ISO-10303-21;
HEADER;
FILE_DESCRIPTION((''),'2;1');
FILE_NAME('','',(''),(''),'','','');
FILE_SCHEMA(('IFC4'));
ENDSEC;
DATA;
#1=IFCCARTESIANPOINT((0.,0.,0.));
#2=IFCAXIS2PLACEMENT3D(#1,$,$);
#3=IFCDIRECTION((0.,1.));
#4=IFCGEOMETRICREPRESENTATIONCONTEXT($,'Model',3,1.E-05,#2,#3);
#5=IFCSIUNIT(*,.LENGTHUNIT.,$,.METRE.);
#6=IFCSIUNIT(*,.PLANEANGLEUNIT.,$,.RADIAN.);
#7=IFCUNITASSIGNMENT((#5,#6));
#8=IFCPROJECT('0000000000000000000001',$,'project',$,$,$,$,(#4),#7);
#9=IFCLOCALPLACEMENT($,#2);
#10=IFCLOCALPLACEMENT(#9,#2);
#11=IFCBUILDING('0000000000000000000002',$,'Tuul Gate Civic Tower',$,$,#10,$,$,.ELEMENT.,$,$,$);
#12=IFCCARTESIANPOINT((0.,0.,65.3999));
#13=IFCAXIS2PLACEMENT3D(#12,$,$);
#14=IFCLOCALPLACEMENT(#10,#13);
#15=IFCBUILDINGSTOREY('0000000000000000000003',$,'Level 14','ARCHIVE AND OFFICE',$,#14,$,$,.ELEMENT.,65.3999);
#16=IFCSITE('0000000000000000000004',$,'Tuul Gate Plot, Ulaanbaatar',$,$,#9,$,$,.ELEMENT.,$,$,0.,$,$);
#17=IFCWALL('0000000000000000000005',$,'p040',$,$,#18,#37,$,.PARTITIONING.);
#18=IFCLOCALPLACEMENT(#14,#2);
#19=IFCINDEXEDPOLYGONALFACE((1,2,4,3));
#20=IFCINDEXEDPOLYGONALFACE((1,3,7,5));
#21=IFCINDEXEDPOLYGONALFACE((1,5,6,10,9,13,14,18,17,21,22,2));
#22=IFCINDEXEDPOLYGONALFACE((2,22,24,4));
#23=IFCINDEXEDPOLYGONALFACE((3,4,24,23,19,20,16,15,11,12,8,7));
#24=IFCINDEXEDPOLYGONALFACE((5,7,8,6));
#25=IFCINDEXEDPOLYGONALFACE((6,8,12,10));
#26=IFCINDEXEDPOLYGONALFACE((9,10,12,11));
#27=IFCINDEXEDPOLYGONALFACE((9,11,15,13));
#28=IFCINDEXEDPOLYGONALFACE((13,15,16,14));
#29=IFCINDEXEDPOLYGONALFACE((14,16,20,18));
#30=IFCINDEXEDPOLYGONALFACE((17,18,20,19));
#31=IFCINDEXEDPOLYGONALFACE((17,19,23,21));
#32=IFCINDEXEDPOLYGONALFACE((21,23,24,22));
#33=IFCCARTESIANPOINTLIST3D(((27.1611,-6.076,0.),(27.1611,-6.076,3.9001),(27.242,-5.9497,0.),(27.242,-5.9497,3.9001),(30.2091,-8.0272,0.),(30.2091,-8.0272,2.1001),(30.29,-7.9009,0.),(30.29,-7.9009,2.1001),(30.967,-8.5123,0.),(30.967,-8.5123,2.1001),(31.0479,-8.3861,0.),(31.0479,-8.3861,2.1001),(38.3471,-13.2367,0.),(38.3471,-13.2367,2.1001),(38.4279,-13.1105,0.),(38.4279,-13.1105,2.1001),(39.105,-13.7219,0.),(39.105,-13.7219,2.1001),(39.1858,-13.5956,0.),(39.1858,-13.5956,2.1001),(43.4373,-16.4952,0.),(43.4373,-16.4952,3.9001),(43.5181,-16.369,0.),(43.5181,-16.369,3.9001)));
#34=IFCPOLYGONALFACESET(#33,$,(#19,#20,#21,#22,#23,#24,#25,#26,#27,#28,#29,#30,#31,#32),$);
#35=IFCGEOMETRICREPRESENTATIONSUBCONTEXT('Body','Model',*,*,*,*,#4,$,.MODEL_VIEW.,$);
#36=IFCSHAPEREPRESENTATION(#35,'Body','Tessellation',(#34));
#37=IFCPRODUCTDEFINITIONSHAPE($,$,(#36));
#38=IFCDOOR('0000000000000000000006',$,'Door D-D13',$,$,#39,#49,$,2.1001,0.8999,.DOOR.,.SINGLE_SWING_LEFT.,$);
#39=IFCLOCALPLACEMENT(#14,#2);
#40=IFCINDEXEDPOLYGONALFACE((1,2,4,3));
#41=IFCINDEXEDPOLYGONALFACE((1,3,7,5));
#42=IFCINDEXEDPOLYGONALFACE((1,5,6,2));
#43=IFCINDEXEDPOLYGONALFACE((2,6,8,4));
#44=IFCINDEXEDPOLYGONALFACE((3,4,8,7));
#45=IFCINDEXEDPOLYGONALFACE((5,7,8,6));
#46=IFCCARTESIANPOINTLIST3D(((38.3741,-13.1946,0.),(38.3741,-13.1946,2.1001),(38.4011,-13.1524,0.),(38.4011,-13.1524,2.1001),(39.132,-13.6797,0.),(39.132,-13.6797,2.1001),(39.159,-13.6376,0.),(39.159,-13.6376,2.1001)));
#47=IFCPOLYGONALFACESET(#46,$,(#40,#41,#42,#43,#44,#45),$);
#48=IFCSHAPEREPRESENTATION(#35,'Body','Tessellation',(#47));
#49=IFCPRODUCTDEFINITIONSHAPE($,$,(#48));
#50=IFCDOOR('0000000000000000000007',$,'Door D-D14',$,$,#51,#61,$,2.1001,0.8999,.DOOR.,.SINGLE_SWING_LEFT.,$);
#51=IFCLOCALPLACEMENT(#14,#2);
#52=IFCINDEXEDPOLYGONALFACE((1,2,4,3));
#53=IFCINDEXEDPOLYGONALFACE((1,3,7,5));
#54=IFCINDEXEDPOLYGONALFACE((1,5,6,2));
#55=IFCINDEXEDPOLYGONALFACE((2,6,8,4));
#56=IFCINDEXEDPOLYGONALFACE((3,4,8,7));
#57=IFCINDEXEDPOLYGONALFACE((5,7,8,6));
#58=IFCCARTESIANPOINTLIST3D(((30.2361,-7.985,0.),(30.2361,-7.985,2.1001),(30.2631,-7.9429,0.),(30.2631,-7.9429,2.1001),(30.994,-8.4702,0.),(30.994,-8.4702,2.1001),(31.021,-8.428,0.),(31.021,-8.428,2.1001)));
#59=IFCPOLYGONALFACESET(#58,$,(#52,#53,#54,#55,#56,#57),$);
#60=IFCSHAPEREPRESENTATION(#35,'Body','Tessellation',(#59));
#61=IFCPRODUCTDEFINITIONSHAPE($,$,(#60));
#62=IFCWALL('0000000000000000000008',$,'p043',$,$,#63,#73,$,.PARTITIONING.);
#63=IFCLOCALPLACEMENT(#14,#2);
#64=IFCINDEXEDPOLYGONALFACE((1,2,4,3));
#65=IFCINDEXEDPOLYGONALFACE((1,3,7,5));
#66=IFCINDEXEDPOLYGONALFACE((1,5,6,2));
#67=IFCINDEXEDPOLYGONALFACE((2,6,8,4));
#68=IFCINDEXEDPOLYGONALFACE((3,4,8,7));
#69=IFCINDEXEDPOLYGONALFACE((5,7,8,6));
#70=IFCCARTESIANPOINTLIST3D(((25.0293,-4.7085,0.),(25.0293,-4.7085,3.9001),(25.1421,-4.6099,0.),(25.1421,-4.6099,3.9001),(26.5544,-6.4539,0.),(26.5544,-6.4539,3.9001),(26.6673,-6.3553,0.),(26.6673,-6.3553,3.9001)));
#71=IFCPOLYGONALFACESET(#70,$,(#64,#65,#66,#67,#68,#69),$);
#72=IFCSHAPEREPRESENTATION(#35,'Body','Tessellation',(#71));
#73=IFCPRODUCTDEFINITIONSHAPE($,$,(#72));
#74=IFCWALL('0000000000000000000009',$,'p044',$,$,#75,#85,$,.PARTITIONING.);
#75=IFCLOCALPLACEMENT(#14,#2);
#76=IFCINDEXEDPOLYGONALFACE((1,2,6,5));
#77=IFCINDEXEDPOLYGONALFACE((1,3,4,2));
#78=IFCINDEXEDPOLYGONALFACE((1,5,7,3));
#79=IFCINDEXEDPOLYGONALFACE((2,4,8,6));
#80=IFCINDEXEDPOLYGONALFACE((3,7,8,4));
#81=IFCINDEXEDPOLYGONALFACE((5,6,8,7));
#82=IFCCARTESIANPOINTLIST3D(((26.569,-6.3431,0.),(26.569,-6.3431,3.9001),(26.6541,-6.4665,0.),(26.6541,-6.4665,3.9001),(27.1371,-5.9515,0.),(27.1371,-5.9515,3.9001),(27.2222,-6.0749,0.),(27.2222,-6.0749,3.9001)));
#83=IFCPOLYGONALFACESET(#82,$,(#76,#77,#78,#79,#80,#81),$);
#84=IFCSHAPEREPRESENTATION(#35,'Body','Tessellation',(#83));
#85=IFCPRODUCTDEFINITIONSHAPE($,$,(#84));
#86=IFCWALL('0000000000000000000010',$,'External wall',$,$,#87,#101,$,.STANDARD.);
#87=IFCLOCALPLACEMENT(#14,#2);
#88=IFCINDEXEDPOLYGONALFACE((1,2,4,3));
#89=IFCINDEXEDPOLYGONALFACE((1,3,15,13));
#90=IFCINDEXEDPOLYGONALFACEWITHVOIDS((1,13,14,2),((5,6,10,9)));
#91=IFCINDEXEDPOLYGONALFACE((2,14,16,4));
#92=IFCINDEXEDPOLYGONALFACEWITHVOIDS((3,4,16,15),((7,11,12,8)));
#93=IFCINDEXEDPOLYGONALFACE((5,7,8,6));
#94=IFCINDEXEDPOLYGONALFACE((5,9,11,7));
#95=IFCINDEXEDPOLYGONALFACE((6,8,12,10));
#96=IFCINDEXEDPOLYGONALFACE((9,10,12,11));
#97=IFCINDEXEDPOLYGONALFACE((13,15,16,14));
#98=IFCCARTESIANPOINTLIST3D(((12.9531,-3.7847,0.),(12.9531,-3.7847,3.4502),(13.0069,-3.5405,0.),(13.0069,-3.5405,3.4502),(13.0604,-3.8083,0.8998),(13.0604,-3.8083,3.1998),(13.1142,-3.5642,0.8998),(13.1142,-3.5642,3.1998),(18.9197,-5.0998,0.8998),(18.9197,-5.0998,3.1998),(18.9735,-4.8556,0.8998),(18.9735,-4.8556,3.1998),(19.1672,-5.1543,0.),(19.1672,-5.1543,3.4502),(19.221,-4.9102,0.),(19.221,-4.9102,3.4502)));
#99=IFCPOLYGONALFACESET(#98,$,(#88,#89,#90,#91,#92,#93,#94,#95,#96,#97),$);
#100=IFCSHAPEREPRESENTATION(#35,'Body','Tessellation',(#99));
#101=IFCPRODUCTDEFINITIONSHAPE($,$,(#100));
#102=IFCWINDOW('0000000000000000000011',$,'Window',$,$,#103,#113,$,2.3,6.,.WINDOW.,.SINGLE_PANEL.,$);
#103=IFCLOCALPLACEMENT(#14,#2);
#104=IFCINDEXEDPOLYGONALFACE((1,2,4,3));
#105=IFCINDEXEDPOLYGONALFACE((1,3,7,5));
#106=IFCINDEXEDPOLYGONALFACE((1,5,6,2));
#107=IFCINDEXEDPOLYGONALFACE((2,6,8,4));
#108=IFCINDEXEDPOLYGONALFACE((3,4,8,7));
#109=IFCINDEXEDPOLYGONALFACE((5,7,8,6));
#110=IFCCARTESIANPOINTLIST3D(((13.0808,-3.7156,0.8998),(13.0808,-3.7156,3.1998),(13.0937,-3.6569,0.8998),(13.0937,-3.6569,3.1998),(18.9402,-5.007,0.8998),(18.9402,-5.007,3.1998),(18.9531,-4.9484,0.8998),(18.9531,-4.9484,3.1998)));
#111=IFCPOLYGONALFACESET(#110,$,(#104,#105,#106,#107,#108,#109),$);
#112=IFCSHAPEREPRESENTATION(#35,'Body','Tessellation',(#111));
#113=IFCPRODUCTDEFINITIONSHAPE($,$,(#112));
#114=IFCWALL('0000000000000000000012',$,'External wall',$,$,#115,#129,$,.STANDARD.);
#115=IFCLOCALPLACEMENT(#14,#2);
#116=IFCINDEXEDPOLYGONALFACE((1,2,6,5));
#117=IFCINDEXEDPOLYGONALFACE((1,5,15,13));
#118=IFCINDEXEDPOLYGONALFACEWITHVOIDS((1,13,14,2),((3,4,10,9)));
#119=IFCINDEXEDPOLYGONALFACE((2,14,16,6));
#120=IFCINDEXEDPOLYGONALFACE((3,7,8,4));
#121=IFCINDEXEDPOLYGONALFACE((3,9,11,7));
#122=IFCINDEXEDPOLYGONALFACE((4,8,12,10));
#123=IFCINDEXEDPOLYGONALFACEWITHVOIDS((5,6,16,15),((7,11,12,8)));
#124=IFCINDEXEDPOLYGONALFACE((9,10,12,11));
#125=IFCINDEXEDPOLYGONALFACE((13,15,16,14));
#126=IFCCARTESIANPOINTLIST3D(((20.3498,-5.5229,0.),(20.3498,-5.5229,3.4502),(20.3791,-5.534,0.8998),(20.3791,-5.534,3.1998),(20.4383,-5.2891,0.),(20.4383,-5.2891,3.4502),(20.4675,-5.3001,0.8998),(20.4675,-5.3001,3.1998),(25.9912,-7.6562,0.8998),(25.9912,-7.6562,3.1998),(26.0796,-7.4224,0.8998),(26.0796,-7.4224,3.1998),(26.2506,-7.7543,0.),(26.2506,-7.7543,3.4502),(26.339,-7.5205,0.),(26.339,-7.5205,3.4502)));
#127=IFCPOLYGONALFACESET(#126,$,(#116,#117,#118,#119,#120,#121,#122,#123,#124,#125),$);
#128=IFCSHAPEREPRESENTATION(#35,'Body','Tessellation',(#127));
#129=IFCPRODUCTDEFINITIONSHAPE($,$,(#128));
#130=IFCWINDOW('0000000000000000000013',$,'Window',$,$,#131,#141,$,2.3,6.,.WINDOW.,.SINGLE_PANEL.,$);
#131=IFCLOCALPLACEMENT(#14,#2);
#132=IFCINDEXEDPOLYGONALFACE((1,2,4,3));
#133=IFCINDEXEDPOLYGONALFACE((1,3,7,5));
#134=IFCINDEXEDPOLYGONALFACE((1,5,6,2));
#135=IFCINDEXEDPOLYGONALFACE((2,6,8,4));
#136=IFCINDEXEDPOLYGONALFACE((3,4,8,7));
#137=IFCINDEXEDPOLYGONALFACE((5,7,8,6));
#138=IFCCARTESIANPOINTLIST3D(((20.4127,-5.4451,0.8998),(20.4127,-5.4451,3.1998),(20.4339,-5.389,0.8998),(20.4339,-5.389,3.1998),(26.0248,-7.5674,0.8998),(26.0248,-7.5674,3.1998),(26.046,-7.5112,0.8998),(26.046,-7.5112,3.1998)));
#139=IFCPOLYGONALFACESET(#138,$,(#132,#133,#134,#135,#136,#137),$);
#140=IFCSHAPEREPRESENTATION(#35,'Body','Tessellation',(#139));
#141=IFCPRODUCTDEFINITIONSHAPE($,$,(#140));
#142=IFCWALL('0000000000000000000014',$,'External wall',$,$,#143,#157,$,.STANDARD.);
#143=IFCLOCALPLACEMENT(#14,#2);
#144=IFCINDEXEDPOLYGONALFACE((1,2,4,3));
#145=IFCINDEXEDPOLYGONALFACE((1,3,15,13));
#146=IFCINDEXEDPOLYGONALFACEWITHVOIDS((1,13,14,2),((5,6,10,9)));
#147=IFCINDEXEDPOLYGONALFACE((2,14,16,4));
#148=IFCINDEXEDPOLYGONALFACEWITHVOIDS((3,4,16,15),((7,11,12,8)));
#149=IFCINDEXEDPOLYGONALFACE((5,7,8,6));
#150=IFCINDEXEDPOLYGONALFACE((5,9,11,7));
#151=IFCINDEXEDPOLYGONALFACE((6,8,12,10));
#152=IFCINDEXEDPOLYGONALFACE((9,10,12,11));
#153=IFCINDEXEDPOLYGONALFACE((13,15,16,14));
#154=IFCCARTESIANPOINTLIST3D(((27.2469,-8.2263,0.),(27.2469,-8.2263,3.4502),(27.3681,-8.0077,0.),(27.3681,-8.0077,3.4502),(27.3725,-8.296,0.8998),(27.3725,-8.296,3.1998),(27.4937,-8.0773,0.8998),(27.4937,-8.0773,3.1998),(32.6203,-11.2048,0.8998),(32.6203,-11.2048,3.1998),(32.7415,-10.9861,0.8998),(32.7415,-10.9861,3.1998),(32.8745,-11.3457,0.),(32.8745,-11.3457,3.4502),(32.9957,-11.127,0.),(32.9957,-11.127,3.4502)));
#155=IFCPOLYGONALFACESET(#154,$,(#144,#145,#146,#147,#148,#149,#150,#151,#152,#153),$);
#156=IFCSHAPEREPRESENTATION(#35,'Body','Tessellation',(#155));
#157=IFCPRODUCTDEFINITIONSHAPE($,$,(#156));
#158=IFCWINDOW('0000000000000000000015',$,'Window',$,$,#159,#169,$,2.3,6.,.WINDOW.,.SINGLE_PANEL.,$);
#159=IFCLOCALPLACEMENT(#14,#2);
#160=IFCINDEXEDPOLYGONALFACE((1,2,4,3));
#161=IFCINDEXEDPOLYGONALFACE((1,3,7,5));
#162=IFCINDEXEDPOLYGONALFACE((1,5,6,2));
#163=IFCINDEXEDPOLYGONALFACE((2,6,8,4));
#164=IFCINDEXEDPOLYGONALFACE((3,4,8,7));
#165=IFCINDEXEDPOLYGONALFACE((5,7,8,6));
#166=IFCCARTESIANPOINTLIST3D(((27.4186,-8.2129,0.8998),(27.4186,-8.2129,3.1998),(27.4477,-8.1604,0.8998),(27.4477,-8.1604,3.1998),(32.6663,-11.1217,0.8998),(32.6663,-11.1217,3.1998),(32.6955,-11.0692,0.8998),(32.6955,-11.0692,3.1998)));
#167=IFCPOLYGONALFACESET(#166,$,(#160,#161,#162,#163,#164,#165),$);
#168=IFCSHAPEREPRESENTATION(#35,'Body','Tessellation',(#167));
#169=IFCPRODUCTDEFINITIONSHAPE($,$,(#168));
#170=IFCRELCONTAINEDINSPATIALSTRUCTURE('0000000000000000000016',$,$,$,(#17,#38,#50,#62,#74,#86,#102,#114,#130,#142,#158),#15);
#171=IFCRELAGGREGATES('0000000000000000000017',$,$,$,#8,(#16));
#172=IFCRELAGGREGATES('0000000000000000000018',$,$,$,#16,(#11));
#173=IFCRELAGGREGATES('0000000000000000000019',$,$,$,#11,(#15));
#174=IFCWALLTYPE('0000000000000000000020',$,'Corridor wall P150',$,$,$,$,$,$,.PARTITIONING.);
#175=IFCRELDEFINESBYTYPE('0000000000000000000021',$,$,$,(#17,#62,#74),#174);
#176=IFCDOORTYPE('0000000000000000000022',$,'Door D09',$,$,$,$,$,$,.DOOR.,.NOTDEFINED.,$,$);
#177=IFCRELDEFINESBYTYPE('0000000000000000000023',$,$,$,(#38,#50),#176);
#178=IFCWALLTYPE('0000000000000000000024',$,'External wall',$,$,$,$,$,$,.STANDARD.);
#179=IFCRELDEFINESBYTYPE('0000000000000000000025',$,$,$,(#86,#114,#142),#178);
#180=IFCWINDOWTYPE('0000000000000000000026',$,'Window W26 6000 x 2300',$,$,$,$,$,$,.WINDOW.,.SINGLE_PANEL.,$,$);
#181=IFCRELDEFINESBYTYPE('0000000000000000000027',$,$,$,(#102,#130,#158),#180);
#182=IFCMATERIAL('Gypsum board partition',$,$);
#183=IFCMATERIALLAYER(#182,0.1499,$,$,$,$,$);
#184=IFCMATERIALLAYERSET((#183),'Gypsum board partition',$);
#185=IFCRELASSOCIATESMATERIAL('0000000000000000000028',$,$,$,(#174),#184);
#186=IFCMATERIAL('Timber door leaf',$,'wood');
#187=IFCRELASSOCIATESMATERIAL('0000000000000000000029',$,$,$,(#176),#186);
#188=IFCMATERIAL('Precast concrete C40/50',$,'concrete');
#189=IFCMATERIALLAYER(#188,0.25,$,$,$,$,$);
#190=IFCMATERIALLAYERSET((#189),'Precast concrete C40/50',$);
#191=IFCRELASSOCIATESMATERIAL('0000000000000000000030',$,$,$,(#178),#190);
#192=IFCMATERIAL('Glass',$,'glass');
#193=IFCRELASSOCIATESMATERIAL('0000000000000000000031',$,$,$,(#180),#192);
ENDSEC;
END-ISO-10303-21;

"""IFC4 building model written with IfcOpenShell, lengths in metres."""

from ifc_helpers import new_model, si_unit, direction, frame, frame_2d, origin, place, context, subcontext, project, spatial, rectangle, extrude, material, layer, layer_set, type_object, element, fill, save


model = new_model("IFC4")

# Units and contexts
model_context = context("Model", 3, precision=1e-05, world=origin(), true_north=direction((0.0, 1.0)))
body_context = subcontext(model_context, "Body", "Model", "MODEL_VIEW")
ifc_project = project(units=[si_unit("LENGTHUNIT", "METRE"), si_unit("PLANEANGLEUNIT", "RADIAN")], contexts=[model_context])

# Site, building, storey
site_placement = place(None, origin())
site = spatial("IfcSite", under=ifc_project, at=site_placement, Name="Tuul Gate Plot, Ulaanbaatar", CompositionType="ELEMENT", RefElevation=0.0)
building_placement = place(site_placement, origin())
building = spatial("IfcBuilding", under=site, at=building_placement, Name="Tuul Gate Civic Tower", CompositionType="ELEMENT")
storey_placement = place(building_placement, frame((0.0, 0.0, 65.3999)))
storey = spatial("IfcBuildingStorey", under=building, at=storey_placement, Name="Level 14", Description="ARCHIVE AND OFFICE", CompositionType="ELEMENT", Elevation=65.3999)

# Wall, openings, doors
ifc_material_1 = material(Name="Gypsum board partition")
ifc_layer_1 = layer(ifc_material_1, 0.1499)
ifc_layer_set_1 = layer_set([ifc_layer_1], Name="Gypsum board partition")
wall_type_1 = type_object("IfcWallType", Name="Corridor wall P150", PredefinedType="PARTITIONING", material=ifc_layer_set_1)
wall_1_placement = place(storey_placement, frame((27.2017, -6.0129, 0.0), z_axis=(0.0, 0.0, 1.0), x_axis=(0.842213, -0.539144, 0.0)))
wall_1 = element("IfcWall", 1, at=wall_1_placement, inside=storey, type_object=wall_type_1, Name="p040", PredefinedType="PARTITIONING", context=body_context, shape_type="SweptSolid", body=[
    extrude(rectangle(XDim=19.3254, YDim=0.1499, at=frame_2d((9.6626, 0.0))), origin(), (0.0, 0.0, 1.0), 3.9001),
])
opening_1_placement = place(wall_1_placement, frame((13.2815, 0.0, 0.0)))
opening_1 = element("IfcOpeningElement", 2, at=opening_1_placement, cuts=wall_1, PredefinedType="OPENING", context=body_context, shape_type="SweptSolid", body=[
    extrude(rectangle(XDim=0.8999, YDim=2.1001, at=frame_2d((0.45, 1.05))), frame((0.0, 0.085, 0.0), z_axis=(0.0, -1.0, 0.0), x_axis=(1.0, 0.0, 0.0)), (0.0, 0.0, 1.0), 0.1699),
])
opening_2_placement = place(wall_1_placement, frame((3.6189, 0.0, 0.0)))
opening_2 = element("IfcOpeningElement", 3, at=opening_2_placement, cuts=wall_1, PredefinedType="OPENING", context=body_context, shape_type="SweptSolid", body=[
    extrude(rectangle(XDim=0.8999, YDim=2.1001, at=frame_2d((0.45, 1.05))), frame((0.0, 0.085, 0.0), z_axis=(0.0, -1.0, 0.0), x_axis=(1.0, 0.0, 0.0)), (0.0, 0.0, 1.0), 0.1699),
])
ifc_material_2 = material(Name="Timber door leaf", Category="wood")
door_type = type_object("IfcDoorType", Name="Door D09", OperationType="NOTDEFINED", PredefinedType="DOOR", material=ifc_material_2)
door_1_placement = place(opening_1_placement, frame((0.8999, 0.0, 0.0), z_axis=(0.0, 0.0, 1.0), x_axis=(-1.0, 0.0, 0.0)))
door_1 = element("IfcDoor", 4, at=door_1_placement, inside=storey, type_object=door_type, Name="Door D-D13", OperationType="SINGLE_SWING_LEFT", OverallHeight=2.1001, OverallWidth=0.8999, PredefinedType="DOOR", context=body_context, shape_type="SweptSolid", body=[
    extrude(rectangle(XDim=0.8999, YDim=2.1001, at=frame_2d((0.45, 1.05))), frame((0.0, 0.0249, 0.0), z_axis=(0.0, -1.0, 0.0), x_axis=(1.0, 0.0, 0.0)), (0.0, 0.0, 1.0), 0.05),
])
fill(opening_1, door_1)
door_2_placement = place(opening_2_placement, frame((0.8999, 0.0, 0.0), z_axis=(0.0, 0.0, 1.0), x_axis=(-1.0, 0.0, 0.0)))
door_2 = element("IfcDoor", 5, at=door_2_placement, inside=storey, type_object=door_type, Name="Door D-D14", OperationType="SINGLE_SWING_LEFT", OverallHeight=2.1001, OverallWidth=0.8999, PredefinedType="DOOR", context=body_context, shape_type="SweptSolid", body=[
    extrude(rectangle(XDim=0.8999, YDim=2.1001, at=frame_2d((0.45, 1.05))), frame((0.0, 0.0249, 0.0), z_axis=(0.0, -1.0, 0.0), x_axis=(1.0, 0.0, 0.0)), (0.0, 0.0, 1.0), 0.05),
])
fill(opening_2, door_2)

# Walls
wall_2_placement = place(storey_placement, frame((25.0857, -4.6592, 0.0), z_axis=(0.0, 0.0, 1.0), x_axis=(0.658005, -0.753014, 0.0)))
element("IfcWall", 6, at=wall_2_placement, inside=storey, type_object=wall_type_1, Name="p043", PredefinedType="PARTITIONING", context=body_context, shape_type="SweptSolid", body=[
    extrude(rectangle(XDim=2.3179, YDim=0.1499, at=frame_2d((1.1589, 0.0))), origin(), (0.0, 0.0, 1.0), 3.9001),
])
wall_3_placement = place(storey_placement, frame((26.6116, -6.4048, 0.0), z_axis=(0.0, 0.0, 1.0), x_axis=(0.82335, 0.567535, 0.0)))
element("IfcWall", 7, at=wall_3_placement, inside=storey, type_object=wall_type_1, Name="p044", PredefinedType="PARTITIONING", context=body_context, shape_type="SweptSolid", body=[
    extrude(rectangle(XDim=0.6899, YDim=0.1499, at=frame_2d((0.345, 0.0))), origin(), (0.0, 0.0, 1.0), 3.9001),
])

# Walls, openings, windows
ifc_material_3 = material(Name="Precast concrete C40/50", Category="concrete")
ifc_layer_2 = layer(ifc_material_3, 0.25)
ifc_layer_set_2 = layer_set([ifc_layer_2], Name="Precast concrete C40/50")
wall_type_2 = type_object("IfcWallType", Name="External wall", PredefinedType="STANDARD", material=ifc_layer_set_2)
wall_4_placement = place(storey_placement, frame((12.98, -3.6626, 0.0), z_axis=(0.0, 0.0, 1.0), x_axis=(0.976561, -0.21524, 0.0)))
wall_4 = element("IfcWall", 8, at=wall_4_placement, inside=storey, type_object=wall_type_2, Name="External wall", PredefinedType="STANDARD", context=body_context, shape_type="SweptSolid", body=[
    extrude(rectangle(XDim=6.3633, YDim=0.25, at=frame_2d((3.1816, 0.0))), origin(), (0.0, 0.0, 1.0), 3.4502),
])
opening_3_placement = place(wall_4_placement, frame((0.1099, 0.0, 0.8999)))
opening_3 = element("IfcOpeningElement", 9, at=opening_3_placement, cuts=wall_4, PredefinedType="OPENING", context=body_context, shape_type="SweptSolid", body=[
    extrude(rectangle(XDim=6.0, YDim=2.3, at=frame_2d((3.0, 1.1499))), frame((0.0, 0.135, 0.0), z_axis=(0.0, -1.0, 0.0), x_axis=(1.0, 0.0, 0.0)), (0.0, 0.0, 1.0), 0.27),
])
ifc_material_4 = material(Name="Glass", Category="glass")
window_type = type_object("IfcWindowType", Name="Window W26 6000 x 2300", PartitioningType="SINGLE_PANEL", PredefinedType="WINDOW", material=ifc_material_4)
window_1_placement = place(opening_3_placement, origin())
window_1 = element("IfcWindow", 10, at=window_1_placement, inside=storey, type_object=window_type, Name="Window", OverallHeight=2.3, OverallWidth=6.0, PartitioningType="SINGLE_PANEL", PredefinedType="WINDOW", context=body_context, shape_type="SweptSolid", body=[
    extrude(rectangle(XDim=6.0, YDim=2.3, at=frame_2d((3.0, 1.1499))), frame((0.0, 0.03, 0.0), z_axis=(0.0, -1.0, 0.0), x_axis=(1.0, 0.0, 0.0)), (0.0, 0.0, 1.0), 0.0601),
])
fill(opening_3, window_1)
wall_5_placement = place(storey_placement, frame((20.394, -5.406, 0.0), z_axis=(0.0, 0.0, 1.0), x_axis=(0.935355, -0.353709, 0.0)))
wall_5 = element("IfcWall", 11, at=wall_5_placement, inside=storey, type_object=wall_type_2, Name="External wall", PredefinedType="STANDARD", context=body_context, shape_type="SweptSolid", body=[
    extrude(rectangle(XDim=6.3086, YDim=0.25, at=frame_2d((3.1543, 0.0))), origin(), (0.0, 0.0, 1.0), 3.4502),
])
opening_4_placement = place(wall_5_placement, frame((0.0312, 0.0, 0.8999)))
opening_4 = element("IfcOpeningElement", 12, at=opening_4_placement, cuts=wall_5, PredefinedType="OPENING", context=body_context, shape_type="SweptSolid", body=[
    extrude(rectangle(XDim=6.0, YDim=2.3, at=frame_2d((3.0, 1.1499))), frame((0.0, 0.135, 0.0), z_axis=(0.0, -1.0, 0.0), x_axis=(1.0, 0.0, 0.0)), (0.0, 0.0, 1.0), 0.27),
])
window_2_placement = place(opening_4_placement, origin())
window_2 = element("IfcWindow", 13, at=window_2_placement, inside=storey, type_object=window_type, Name="Window", OverallHeight=2.3, OverallWidth=6.0, PartitioningType="SINGLE_PANEL", PredefinedType="WINDOW", context=body_context, shape_type="SweptSolid", body=[
    extrude(rectangle(XDim=6.0, YDim=2.3, at=frame_2d((3.0, 1.1499))), frame((0.0, 0.03, 0.0), z_axis=(0.0, -1.0, 0.0), x_axis=(1.0, 0.0, 0.0)), (0.0, 0.0, 1.0), 0.0601),
])
fill(opening_4, window_2)
wall_6_placement = place(storey_placement, frame((27.3074, -8.1169, 0.0), z_axis=(0.0, 0.0, 1.0), x_axis=(0.874626, -0.484799, 0.0)))
wall_6 = element("IfcWall", 14, at=wall_6_placement, inside=storey, type_object=wall_type_2, Name="External wall", PredefinedType="STANDARD", context=body_context, shape_type="SweptSolid", body=[
    extrude(rectangle(XDim=6.4343, YDim=0.25, at=frame_2d((3.2173, 0.0))), origin(), (0.0, 0.0, 1.0), 3.4502),
])
opening_5_placement = place(wall_6_placement, frame((0.1438, 0.0, 0.8999)))
opening_5 = element("IfcOpeningElement", 15, at=opening_5_placement, cuts=wall_6, PredefinedType="OPENING", context=body_context, shape_type="SweptSolid", body=[
    extrude(rectangle(XDim=6.0, YDim=2.3, at=frame_2d((3.0, 1.1499))), frame((0.0, 0.135, 0.0), z_axis=(0.0, -1.0, 0.0), x_axis=(1.0, 0.0, 0.0)), (0.0, 0.0, 1.0), 0.27),
])
window_3_placement = place(opening_5_placement, origin())
window_3 = element("IfcWindow", 16, at=window_3_placement, inside=storey, type_object=window_type, Name="Window", OverallHeight=2.3, OverallWidth=6.0, PartitioningType="SINGLE_PANEL", PredefinedType="WINDOW", context=body_context, shape_type="SweptSolid", body=[
    extrude(rectangle(XDim=6.0, YDim=2.3, at=frame_2d((3.0, 1.1499))), frame((0.0, 0.03, 0.0), z_axis=(0.0, -1.0, 0.0), x_axis=(1.0, 0.0, 0.0)), (0.0, 0.0, 1.0), 0.0601),
])
fill(opening_5, window_3)

save(model, "model.ifc")
